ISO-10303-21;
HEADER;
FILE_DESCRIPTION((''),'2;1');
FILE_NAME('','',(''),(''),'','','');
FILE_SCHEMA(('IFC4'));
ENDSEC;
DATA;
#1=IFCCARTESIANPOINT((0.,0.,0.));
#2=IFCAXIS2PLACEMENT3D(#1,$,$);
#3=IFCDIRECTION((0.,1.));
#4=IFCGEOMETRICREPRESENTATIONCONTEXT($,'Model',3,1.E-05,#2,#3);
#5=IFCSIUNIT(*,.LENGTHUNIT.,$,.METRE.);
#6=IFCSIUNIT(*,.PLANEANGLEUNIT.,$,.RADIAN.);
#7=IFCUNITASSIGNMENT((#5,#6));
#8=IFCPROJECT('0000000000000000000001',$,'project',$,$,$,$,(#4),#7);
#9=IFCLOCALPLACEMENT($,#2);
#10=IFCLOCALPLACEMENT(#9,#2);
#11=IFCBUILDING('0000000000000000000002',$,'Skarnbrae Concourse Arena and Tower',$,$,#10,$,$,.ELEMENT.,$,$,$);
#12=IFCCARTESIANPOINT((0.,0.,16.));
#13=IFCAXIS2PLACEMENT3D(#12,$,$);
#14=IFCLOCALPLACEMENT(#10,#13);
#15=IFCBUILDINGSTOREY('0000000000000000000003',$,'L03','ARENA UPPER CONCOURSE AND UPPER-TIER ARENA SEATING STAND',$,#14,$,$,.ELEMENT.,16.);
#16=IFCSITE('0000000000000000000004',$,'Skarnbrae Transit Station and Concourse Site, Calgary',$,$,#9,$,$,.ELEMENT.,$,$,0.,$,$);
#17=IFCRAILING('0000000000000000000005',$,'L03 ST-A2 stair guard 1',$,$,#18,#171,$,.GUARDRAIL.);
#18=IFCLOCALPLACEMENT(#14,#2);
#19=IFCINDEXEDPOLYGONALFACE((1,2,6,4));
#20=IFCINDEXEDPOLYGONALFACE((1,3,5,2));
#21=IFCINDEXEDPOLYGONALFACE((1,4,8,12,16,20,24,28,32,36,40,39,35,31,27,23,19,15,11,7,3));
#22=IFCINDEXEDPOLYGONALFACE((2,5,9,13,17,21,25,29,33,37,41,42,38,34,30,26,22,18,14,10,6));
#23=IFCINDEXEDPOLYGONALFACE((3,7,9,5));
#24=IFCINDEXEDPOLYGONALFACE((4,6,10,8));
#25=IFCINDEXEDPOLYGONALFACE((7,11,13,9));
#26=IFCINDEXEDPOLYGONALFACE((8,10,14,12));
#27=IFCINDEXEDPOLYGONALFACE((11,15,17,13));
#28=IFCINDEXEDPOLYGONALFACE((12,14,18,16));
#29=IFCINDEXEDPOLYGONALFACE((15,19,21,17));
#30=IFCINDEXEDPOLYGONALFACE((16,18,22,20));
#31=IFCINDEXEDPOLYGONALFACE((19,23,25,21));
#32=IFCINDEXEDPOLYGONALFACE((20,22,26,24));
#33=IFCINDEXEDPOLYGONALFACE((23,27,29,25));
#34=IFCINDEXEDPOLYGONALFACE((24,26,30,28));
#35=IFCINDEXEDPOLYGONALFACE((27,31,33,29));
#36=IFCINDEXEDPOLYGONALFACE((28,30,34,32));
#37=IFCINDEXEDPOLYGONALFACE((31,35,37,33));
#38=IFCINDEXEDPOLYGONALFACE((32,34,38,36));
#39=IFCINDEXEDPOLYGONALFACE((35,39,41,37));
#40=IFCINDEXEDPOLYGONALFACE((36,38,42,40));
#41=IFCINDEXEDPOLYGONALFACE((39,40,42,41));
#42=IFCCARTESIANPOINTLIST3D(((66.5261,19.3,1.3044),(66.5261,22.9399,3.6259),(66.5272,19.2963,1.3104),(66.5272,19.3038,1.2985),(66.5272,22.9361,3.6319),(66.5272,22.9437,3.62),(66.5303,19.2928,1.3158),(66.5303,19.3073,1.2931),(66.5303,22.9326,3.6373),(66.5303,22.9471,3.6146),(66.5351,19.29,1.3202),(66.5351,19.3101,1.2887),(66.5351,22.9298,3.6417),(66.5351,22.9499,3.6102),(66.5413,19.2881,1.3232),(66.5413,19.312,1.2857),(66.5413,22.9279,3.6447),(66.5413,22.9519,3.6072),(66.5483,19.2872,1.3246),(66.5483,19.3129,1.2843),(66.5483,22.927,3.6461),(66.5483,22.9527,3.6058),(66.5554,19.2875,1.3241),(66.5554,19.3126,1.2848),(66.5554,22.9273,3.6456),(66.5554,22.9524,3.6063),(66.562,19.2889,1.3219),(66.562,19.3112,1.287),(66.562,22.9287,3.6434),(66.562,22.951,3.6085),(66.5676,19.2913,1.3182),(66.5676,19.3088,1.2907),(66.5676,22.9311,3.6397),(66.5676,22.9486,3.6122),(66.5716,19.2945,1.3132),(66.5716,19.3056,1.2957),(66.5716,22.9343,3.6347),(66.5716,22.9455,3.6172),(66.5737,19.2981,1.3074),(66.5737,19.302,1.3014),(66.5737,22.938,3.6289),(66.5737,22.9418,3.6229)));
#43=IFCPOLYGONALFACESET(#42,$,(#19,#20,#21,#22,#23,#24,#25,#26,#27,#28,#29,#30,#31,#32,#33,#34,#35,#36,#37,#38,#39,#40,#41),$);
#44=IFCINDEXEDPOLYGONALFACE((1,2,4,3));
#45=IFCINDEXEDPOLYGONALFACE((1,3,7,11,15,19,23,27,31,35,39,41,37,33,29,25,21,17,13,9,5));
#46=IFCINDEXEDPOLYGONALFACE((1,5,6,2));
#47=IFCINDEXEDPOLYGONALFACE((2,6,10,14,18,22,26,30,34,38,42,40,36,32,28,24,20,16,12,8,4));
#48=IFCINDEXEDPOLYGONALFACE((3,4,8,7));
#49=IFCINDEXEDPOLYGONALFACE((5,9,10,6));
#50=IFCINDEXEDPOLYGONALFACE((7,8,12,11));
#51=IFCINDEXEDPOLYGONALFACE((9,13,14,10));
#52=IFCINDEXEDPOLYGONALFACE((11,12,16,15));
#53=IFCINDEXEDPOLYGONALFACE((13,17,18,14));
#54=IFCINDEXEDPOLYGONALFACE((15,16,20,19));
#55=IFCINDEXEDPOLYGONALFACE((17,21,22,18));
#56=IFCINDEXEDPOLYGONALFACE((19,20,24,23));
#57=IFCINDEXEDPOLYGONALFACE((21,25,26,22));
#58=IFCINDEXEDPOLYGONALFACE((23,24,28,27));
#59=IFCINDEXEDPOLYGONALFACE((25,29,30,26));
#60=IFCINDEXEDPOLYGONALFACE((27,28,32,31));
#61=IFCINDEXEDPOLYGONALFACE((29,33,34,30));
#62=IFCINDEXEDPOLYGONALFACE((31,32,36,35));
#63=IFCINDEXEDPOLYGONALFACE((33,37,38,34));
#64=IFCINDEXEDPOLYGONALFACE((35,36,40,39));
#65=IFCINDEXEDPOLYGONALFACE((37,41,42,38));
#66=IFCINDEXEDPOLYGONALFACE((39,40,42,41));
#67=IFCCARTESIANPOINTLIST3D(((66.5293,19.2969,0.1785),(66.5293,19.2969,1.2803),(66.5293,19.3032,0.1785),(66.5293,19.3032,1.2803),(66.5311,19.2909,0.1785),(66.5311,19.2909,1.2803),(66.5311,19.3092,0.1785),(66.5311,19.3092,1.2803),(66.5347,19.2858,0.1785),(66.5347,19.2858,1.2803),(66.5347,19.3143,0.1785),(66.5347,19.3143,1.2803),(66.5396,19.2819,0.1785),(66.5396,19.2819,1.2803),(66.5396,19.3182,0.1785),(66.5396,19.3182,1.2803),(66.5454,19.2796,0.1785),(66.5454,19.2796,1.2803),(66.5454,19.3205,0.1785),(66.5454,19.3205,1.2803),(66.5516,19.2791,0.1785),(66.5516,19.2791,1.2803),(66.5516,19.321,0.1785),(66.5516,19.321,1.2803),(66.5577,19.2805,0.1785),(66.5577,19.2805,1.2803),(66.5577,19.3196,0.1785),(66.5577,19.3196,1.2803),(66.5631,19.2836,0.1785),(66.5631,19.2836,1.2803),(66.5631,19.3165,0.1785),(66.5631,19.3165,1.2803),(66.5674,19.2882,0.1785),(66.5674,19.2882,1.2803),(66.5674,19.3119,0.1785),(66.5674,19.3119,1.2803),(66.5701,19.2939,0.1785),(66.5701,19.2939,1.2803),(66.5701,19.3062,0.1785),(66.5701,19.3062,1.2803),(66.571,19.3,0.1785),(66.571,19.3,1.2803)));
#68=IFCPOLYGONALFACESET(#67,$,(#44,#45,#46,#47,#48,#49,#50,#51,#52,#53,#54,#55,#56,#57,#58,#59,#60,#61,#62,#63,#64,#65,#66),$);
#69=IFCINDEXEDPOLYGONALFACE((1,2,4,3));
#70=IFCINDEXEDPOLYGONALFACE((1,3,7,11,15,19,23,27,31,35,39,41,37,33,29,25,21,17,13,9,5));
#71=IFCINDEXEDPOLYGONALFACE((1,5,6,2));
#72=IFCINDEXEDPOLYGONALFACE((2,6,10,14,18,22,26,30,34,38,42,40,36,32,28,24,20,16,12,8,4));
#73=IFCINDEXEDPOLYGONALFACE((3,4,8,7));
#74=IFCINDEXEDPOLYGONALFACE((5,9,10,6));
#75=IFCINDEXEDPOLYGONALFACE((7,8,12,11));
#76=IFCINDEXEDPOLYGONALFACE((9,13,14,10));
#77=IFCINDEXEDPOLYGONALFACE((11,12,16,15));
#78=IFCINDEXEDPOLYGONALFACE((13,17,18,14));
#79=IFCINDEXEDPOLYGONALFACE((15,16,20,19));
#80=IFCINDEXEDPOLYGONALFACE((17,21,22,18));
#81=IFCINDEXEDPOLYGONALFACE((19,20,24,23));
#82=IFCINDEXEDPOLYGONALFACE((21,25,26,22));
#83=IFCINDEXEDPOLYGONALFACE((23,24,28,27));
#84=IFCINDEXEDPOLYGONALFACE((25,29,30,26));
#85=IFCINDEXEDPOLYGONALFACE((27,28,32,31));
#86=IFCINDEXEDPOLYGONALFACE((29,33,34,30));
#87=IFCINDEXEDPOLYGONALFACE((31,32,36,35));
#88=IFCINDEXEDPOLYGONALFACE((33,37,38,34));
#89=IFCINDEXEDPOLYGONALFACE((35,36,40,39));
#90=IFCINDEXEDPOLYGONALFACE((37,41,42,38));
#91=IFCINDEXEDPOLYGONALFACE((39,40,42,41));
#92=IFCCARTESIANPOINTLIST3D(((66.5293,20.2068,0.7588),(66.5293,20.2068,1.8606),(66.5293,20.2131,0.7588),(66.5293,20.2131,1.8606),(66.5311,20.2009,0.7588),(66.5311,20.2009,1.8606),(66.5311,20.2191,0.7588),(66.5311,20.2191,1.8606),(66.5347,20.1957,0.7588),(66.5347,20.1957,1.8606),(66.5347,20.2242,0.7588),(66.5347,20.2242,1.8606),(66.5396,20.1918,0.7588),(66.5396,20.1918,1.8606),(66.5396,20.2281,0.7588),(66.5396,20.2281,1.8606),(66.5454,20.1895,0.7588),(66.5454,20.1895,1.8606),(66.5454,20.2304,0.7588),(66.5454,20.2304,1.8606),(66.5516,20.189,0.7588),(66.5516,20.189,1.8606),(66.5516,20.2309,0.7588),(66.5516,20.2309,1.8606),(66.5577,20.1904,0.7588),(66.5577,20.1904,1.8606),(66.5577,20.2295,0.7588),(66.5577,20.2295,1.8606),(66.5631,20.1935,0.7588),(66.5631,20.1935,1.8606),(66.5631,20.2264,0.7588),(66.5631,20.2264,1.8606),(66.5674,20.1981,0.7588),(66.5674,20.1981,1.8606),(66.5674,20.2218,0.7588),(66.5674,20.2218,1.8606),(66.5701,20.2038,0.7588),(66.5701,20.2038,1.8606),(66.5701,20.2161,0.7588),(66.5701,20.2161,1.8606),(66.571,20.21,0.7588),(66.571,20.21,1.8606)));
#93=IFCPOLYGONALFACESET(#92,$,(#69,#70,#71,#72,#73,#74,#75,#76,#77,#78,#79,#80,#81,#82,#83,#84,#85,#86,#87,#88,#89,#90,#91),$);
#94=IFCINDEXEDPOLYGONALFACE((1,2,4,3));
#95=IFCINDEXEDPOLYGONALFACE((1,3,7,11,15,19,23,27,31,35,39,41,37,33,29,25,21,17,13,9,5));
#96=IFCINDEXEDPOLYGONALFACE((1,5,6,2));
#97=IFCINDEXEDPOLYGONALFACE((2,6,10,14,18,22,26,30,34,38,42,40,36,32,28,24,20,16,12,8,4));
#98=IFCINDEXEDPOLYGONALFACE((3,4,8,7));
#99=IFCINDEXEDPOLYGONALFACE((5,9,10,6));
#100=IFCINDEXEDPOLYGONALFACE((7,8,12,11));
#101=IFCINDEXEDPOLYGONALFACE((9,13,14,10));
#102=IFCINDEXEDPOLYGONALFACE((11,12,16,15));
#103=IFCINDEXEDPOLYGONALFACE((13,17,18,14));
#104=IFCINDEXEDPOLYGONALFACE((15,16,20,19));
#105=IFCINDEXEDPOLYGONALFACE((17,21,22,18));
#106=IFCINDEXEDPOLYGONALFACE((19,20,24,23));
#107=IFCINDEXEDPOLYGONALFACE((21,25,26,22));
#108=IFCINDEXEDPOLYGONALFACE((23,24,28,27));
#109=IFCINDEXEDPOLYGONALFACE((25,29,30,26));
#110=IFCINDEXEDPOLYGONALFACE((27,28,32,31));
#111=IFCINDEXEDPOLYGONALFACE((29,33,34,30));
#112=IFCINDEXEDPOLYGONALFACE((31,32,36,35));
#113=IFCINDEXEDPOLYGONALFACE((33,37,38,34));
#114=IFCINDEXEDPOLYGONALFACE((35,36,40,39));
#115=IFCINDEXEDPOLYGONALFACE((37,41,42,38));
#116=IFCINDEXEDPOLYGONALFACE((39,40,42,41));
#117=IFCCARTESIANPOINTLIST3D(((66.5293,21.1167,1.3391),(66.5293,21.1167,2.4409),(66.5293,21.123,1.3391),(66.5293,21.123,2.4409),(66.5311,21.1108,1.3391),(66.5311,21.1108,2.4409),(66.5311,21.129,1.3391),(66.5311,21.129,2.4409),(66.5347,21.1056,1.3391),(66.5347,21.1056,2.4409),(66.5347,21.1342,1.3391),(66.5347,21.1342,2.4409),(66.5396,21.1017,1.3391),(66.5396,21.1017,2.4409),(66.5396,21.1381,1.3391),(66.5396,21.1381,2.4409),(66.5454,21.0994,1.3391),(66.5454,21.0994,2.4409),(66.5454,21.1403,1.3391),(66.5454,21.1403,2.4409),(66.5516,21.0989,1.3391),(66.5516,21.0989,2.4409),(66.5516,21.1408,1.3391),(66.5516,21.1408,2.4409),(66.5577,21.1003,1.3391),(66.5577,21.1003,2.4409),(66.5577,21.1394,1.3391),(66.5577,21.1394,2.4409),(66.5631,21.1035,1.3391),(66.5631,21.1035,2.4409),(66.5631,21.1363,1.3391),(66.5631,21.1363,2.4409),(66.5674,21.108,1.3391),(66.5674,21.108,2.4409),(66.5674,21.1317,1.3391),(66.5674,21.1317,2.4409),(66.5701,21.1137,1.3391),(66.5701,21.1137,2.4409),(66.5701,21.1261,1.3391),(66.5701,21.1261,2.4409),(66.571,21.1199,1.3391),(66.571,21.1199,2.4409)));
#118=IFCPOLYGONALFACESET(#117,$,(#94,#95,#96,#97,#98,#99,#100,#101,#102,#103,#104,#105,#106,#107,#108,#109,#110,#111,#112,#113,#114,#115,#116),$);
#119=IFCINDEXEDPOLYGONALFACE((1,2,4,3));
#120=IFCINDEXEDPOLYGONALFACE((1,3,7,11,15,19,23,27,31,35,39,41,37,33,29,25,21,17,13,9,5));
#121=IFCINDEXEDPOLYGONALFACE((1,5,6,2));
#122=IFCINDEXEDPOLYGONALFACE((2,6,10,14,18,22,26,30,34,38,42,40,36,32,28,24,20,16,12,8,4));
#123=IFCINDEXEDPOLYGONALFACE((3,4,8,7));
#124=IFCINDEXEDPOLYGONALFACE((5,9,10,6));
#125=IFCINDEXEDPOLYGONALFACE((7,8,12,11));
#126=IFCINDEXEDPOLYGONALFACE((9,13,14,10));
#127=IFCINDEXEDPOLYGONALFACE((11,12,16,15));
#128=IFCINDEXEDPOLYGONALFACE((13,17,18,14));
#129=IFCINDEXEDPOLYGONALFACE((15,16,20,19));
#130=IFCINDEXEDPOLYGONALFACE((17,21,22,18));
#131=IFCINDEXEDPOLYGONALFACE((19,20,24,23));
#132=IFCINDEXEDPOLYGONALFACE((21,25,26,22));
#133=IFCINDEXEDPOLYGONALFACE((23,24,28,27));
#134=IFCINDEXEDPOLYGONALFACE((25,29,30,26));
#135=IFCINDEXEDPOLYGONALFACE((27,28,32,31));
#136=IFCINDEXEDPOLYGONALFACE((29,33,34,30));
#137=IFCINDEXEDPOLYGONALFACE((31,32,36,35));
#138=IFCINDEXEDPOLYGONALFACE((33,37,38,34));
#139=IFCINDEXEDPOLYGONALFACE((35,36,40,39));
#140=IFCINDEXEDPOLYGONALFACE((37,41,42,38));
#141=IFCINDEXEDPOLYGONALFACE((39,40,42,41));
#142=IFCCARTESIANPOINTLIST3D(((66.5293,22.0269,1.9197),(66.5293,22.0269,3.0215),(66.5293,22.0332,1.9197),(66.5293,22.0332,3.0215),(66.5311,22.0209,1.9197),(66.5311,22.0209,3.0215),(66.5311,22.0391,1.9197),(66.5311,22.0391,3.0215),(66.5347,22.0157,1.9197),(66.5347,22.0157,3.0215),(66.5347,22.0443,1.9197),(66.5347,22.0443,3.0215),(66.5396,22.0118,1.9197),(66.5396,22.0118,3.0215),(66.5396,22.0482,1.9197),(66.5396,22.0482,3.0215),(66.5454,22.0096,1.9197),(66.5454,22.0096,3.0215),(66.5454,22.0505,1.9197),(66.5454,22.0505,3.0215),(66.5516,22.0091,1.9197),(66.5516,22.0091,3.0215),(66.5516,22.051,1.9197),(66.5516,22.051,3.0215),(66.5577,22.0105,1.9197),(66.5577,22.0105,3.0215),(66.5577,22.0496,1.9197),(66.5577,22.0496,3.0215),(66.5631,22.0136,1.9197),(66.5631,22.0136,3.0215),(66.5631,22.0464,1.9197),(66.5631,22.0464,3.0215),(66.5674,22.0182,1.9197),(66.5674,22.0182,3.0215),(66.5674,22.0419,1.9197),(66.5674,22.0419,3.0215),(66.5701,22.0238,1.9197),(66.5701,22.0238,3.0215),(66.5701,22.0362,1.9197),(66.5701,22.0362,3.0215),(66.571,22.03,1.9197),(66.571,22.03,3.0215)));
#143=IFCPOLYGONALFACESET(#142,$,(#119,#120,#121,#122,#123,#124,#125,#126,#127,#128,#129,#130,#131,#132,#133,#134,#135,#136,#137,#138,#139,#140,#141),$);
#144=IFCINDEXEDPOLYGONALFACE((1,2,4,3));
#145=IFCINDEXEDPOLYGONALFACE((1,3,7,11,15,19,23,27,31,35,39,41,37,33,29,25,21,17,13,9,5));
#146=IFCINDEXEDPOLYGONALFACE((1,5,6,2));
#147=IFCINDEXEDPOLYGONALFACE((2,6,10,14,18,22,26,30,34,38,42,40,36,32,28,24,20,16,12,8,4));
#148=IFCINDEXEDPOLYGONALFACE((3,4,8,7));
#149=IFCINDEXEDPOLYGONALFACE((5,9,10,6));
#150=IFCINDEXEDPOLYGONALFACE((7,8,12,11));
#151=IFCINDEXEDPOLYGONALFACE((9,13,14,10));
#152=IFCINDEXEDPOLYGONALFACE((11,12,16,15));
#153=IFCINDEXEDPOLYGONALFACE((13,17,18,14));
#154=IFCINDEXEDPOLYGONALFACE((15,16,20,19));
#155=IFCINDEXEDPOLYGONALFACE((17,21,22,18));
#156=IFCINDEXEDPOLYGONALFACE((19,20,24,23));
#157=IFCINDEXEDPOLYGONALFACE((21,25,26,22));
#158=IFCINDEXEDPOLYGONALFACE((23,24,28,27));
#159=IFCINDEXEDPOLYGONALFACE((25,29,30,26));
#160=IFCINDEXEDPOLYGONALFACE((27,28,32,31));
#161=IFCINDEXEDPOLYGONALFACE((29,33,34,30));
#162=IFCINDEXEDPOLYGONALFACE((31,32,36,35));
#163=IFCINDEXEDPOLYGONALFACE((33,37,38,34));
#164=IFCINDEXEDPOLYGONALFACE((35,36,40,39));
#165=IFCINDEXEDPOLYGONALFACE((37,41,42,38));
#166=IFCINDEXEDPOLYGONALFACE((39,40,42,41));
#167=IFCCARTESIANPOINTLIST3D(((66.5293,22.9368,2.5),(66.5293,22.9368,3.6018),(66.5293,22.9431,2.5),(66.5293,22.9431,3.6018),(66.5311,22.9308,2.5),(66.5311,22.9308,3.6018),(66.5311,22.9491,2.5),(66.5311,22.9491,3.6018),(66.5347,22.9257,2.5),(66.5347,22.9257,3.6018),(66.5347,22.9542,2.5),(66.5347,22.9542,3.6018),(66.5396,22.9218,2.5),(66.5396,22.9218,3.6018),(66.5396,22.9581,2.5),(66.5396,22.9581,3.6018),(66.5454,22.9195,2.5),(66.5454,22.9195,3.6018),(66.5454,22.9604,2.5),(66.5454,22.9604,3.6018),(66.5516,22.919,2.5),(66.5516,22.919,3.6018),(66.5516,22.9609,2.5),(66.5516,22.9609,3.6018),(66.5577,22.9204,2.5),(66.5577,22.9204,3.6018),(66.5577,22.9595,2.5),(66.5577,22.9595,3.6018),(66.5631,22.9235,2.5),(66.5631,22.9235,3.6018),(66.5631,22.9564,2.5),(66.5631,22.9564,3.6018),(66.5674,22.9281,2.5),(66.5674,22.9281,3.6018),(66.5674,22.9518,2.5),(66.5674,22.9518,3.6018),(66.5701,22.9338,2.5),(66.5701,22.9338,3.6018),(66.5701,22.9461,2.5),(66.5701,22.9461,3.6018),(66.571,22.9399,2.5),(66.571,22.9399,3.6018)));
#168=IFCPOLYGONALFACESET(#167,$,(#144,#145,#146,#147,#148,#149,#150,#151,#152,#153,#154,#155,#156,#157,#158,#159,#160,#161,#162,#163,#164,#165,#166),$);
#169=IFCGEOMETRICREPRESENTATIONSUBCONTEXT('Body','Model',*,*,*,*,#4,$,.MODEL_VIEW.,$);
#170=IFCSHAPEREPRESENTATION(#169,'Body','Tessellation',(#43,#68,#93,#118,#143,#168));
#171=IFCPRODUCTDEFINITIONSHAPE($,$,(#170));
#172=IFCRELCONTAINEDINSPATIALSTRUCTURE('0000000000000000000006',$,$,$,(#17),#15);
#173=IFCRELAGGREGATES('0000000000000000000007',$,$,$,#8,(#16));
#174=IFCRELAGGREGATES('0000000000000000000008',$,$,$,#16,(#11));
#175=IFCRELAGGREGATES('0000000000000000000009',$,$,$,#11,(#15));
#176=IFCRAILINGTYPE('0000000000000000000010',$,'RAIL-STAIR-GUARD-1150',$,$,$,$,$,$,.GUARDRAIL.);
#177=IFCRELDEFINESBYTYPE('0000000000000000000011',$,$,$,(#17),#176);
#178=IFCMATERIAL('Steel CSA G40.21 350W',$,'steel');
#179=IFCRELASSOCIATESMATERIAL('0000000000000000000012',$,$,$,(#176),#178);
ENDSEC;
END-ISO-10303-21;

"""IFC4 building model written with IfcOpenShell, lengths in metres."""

from ifc_helpers import new_model, si_unit, direction, frame, origin, origin_2d, place, context, subcontext, project, spatial, circle, extrude, material, type_object, element, save


model = new_model("IFC4")

# Units and contexts
model_context = context("Model", 3, precision=1e-05, world=origin(), true_north=direction((0.0, 1.0)))
body_context = subcontext(model_context, "Body", "Model", "MODEL_VIEW")
ifc_project = project(units=[si_unit("LENGTHUNIT", "METRE"), si_unit("PLANEANGLEUNIT", "RADIAN")], contexts=[model_context])

# Site, building, storey
site_placement = place(None, origin())
site = spatial("IfcSite", under=ifc_project, at=site_placement, Name="Skarnbrae Transit Station and Concourse Site, Calgary", CompositionType="ELEMENT", RefElevation=0.0)
building_placement = place(site_placement, origin())
building = spatial("IfcBuilding", under=site, at=building_placement, Name="Skarnbrae Concourse Arena and Tower", CompositionType="ELEMENT")
storey_placement = place(building_placement, frame((0.0, 0.0, 16.0)))
storey = spatial("IfcBuildingStorey", under=building, at=storey_placement, Name="L03", Description="ARENA UPPER CONCOURSE AND UPPER-TIER ARENA SEATING STAND", CompositionType="ELEMENT", Elevation=16.0)

# Shared definitions
ifc_material_1 = material(Name="Steel CSA G40.21 350W", Category="steel")

# Railing
railing_type_1 = type_object("IfcRailingType", Name="RAIL-STAIR-GUARD-1150", PredefinedType="GUARDRAIL", material=ifc_material_1)
railing_1_placement = place(storey_placement, frame((66.55, 19.3, 0.1785)))
element("IfcRailing", 1, at=railing_1_placement, inside=storey, type_object=railing_type_1, Name="L03 ST-A2 stair guard 1", PredefinedType="GUARDRAIL", context=body_context, shape_type="SweptSolid", body=[
    extrude(circle(Radius=0.0239, at=origin_2d()), frame((0.0, 0.0, 1.126), z_axis=(0.0, 0.843112, 0.537739), x_axis=(-1.0, 0.0, 0.0)), (0.0, 0.0, 1.0), 4.3171),
    extrude(circle(Radius=0.021, at=origin_2d()), origin(), (0.0, 0.0, 1.0), 1.1018),
    extrude(circle(Radius=0.021, at=origin_2d()), frame((0.0, 0.9099, 0.5803)), (0.0, 0.0, 1.0), 1.1018),
    extrude(circle(Radius=0.021, at=origin_2d()), frame((0.0, 1.8198, 1.1606)), (0.0, 0.0, 1.0), 1.1018),
    extrude(circle(Radius=0.021, at=origin_2d()), frame((0.0, 2.73, 1.7412)), (0.0, 0.0, 1.0), 1.1018),
    extrude(circle(Radius=0.021, at=origin_2d()), frame((0.0, 3.6399, 2.3215)), (0.0, 0.0, 1.0), 1.1018),
])

save(model, "model.ifc")
